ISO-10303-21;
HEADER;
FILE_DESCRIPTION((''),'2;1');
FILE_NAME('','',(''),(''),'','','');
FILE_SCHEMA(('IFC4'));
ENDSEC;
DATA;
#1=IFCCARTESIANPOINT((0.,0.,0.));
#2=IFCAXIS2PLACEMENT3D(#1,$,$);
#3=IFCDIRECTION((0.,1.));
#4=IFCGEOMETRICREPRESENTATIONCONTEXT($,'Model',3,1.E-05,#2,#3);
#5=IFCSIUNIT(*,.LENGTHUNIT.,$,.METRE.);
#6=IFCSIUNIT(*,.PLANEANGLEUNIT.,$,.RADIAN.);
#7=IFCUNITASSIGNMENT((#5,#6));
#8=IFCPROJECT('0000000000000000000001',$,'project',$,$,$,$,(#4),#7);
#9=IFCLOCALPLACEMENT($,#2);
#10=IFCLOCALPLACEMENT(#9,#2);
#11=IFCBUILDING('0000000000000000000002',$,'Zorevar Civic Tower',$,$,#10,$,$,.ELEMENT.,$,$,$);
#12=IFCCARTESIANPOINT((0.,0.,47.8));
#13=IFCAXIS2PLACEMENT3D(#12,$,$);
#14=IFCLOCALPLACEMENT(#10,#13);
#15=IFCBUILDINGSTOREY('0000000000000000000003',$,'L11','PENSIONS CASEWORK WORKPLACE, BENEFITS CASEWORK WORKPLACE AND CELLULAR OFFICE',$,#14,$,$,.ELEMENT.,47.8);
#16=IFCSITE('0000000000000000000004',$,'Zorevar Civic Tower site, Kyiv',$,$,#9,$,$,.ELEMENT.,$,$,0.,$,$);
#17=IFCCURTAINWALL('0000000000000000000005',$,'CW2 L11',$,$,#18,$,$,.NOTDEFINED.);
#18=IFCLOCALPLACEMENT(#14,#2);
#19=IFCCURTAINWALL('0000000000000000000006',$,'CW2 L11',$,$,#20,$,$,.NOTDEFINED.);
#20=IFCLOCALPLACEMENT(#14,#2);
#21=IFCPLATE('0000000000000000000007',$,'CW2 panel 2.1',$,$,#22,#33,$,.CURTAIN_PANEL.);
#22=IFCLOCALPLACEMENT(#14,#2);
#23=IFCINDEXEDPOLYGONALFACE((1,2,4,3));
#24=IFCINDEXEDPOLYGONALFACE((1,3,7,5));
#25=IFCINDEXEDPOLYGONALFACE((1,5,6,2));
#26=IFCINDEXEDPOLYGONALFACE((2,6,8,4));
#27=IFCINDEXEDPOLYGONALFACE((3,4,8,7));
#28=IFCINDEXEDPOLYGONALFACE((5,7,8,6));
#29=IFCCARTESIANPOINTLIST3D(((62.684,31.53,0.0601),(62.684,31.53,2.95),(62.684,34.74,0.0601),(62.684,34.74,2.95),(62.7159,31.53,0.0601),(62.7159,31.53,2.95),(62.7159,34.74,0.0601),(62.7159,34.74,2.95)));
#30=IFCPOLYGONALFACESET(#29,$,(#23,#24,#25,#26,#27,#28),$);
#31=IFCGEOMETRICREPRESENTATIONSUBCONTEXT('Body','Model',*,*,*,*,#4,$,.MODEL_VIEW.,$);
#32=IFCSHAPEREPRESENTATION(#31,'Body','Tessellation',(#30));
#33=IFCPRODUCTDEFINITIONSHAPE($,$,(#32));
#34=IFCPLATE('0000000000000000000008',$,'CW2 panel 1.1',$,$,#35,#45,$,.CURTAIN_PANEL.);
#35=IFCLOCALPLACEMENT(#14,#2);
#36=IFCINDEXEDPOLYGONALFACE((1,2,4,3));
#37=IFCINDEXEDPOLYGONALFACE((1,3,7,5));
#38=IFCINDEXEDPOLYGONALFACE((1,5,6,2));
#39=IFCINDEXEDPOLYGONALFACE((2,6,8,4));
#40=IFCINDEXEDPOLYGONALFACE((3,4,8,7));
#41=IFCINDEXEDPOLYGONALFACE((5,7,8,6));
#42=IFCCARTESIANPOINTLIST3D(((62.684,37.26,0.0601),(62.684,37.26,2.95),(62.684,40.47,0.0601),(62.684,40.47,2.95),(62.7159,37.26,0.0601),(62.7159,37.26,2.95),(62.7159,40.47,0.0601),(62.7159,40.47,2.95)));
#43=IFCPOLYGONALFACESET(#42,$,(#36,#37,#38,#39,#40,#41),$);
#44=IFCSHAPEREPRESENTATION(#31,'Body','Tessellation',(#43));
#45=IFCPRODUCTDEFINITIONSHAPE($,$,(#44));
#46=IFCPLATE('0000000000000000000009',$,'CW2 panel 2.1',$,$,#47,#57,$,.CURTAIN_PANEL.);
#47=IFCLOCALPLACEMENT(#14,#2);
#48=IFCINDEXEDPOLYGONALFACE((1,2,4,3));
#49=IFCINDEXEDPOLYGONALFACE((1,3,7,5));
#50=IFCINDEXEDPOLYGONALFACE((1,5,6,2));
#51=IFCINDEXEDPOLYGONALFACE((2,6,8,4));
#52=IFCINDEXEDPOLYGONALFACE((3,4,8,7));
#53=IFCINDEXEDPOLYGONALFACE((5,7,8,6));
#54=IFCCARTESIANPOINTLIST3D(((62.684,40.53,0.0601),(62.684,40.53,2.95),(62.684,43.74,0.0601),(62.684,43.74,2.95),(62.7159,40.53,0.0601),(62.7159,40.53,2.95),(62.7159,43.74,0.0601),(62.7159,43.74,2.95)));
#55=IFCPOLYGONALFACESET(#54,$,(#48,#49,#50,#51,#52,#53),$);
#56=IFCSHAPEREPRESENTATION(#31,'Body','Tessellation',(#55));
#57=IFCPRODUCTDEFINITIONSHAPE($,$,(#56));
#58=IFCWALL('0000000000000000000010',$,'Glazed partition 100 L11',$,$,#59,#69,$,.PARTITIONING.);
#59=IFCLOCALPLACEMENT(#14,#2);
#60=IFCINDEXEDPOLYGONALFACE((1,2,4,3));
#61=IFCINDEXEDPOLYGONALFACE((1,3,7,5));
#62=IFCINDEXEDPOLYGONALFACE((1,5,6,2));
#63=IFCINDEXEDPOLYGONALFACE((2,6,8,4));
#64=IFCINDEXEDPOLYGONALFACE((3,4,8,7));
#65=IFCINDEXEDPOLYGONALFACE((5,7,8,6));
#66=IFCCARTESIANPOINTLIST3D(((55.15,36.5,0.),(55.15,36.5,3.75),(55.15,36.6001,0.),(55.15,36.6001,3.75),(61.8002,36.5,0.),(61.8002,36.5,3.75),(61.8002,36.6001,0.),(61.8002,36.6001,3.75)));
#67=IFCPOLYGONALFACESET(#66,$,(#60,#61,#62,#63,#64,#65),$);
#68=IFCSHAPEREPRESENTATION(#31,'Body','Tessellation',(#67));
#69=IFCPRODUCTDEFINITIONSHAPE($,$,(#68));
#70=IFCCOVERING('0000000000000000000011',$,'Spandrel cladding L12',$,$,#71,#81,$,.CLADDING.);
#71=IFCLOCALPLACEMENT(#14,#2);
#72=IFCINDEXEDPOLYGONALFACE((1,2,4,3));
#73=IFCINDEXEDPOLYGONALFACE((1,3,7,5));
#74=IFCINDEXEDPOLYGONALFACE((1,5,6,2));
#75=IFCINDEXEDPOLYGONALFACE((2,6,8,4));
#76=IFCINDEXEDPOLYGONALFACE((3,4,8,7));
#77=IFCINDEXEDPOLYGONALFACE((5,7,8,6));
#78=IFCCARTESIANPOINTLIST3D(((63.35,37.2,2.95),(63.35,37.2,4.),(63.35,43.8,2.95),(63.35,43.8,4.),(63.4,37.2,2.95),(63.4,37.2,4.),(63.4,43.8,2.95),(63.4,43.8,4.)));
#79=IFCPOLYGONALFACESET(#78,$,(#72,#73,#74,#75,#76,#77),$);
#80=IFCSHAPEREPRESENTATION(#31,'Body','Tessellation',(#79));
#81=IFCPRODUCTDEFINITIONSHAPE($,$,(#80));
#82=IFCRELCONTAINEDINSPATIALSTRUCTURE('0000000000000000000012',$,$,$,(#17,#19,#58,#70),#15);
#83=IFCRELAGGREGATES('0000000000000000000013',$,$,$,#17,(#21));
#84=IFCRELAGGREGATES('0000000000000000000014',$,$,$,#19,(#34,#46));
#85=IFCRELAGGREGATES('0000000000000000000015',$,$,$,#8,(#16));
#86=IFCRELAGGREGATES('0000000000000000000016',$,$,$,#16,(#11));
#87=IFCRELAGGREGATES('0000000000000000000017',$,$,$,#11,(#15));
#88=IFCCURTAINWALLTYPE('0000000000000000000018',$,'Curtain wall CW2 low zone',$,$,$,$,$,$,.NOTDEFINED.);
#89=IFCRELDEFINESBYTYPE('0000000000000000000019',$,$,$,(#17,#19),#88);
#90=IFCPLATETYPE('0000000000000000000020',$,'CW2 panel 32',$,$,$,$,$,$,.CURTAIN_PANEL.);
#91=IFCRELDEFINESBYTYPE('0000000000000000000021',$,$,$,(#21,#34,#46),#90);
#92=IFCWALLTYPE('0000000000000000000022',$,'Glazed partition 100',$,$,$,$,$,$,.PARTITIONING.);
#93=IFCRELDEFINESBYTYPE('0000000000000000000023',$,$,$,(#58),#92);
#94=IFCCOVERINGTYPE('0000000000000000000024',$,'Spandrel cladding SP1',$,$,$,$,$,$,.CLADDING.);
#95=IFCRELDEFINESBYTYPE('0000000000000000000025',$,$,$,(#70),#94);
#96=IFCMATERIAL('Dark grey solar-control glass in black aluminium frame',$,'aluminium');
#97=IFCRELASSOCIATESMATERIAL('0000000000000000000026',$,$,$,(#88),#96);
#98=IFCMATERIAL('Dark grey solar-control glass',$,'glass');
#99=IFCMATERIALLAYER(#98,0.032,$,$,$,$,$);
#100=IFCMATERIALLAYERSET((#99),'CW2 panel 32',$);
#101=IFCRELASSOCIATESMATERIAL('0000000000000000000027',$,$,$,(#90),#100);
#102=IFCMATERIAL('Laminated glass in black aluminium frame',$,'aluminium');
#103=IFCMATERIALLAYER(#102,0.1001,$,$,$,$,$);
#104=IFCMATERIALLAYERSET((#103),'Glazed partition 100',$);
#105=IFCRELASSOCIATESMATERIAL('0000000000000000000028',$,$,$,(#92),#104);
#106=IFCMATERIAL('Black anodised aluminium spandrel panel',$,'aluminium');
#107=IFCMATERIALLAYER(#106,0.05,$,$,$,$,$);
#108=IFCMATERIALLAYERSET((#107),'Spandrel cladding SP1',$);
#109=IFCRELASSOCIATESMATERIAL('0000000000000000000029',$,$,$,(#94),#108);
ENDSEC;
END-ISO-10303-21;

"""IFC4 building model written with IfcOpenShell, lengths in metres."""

from ifc_helpers import new_model, si_unit, direction, frame, frame_2d, origin, origin_2d, place, context, subcontext, project, spatial, rectangle, extrude, material, layer, layer_set, type_object, element, aggregate, save


model = new_model("IFC4")

# Units and contexts
model_context = context("Model", 3, precision=1e-05, world=origin(), true_north=direction((0.0, 1.0)))
body_context = subcontext(model_context, "Body", "Model", "MODEL_VIEW")
ifc_project = project(units=[si_unit("LENGTHUNIT", "METRE"), si_unit("PLANEANGLEUNIT", "RADIAN")], contexts=[model_context])

# Site, building, storey
site_placement = place(None, origin())
site = spatial("IfcSite", under=ifc_project, at=site_placement, Name="Zorevar Civic Tower site, Kyiv", CompositionType="ELEMENT", RefElevation=0.0)
building_placement = place(site_placement, origin())
building = spatial("IfcBuilding", under=site, at=building_placement, Name="Zorevar Civic Tower", CompositionType="ELEMENT")
storey_placement = place(building_placement, frame((0.0, 0.0, 47.8)))
storey = spatial("IfcBuildingStorey", under=building, at=storey_placement, Name="L11", Description="PENSIONS CASEWORK WORKPLACE, BENEFITS CASEWORK WORKPLACE AND CELLULAR OFFICE", CompositionType="ELEMENT", Elevation=47.8)

# Curtain walls
ifc_material_1 = material(Name="Dark grey solar-control glass in black aluminium frame", Category="aluminium")
curtain_wall_type = type_object("IfcCurtainWallType", Name="Curtain wall CW2 low zone", PredefinedType="NOTDEFINED", material=ifc_material_1)
curtain_wall_1_placement = place(storey_placement, origin())
curtain_wall_1 = element("IfcCurtainWall", 1, at=curtain_wall_1_placement, inside=storey, type_object=curtain_wall_type, Name="CW2 L11", PredefinedType="NOTDEFINED")
curtain_wall_2_placement = place(storey_placement, origin())
curtain_wall_2 = element("IfcCurtainWall", 2, at=curtain_wall_2_placement, inside=storey, type_object=curtain_wall_type, Name="CW2 L11", PredefinedType="NOTDEFINED")

# Plates
ifc_material_2 = material(Name="Dark grey solar-control glass", Category="glass")
ifc_layer_1 = layer(ifc_material_2, 0.032)
ifc_layer_set_1 = layer_set([ifc_layer_1], Name="CW2 panel 32")
plate_type = type_object("IfcPlateType", Name="CW2 panel 32", PredefinedType="CURTAIN_PANEL", material=ifc_layer_set_1)
plate_1_placement = place(storey_placement, frame((62.7, 33.135, 0.0601), z_axis=(0.0, 0.0, 1.0), x_axis=(0.0, 1.0, 0.0)))
plate_1 = element("IfcPlate", 3, at=plate_1_placement, type_object=plate_type, Name="CW2 panel 2.1", PredefinedType="CURTAIN_PANEL", context=body_context, shape_type="SweptSolid", body=[
    extrude(rectangle(XDim=3.21, YDim=0.032, at=origin_2d()), origin(), (0.0, 0.0, 1.0), 2.8899),
])
aggregate(curtain_wall_1, [plate_1])
plate_2_placement = place(storey_placement, frame((62.7, 38.865, 0.0601), z_axis=(0.0, 0.0, 1.0), x_axis=(0.0, 1.0, 0.0)))
plate_2 = element("IfcPlate", 4, at=plate_2_placement, type_object=plate_type, Name="CW2 panel 1.1", PredefinedType="CURTAIN_PANEL", context=body_context, shape_type="SweptSolid", body=[
    extrude(rectangle(XDim=3.21, YDim=0.032, at=origin_2d()), origin(), (0.0, 0.0, 1.0), 2.8899),
])
plate_3_placement = place(storey_placement, frame((62.7, 42.135, 0.0601), z_axis=(0.0, 0.0, 1.0), x_axis=(0.0, 1.0, 0.0)))
plate_3 = element("IfcPlate", 5, at=plate_3_placement, type_object=plate_type, Name="CW2 panel 2.1", PredefinedType="CURTAIN_PANEL", context=body_context, shape_type="SweptSolid", body=[
    extrude(rectangle(XDim=3.21, YDim=0.032, at=origin_2d()), origin(), (0.0, 0.0, 1.0), 2.8899),
])
aggregate(curtain_wall_2, [plate_2, plate_3])

# Wall
ifc_material_3 = material(Name="Laminated glass in black aluminium frame", Category="aluminium")
ifc_layer_2 = layer(ifc_material_3, 0.1001)
ifc_layer_set_2 = layer_set([ifc_layer_2], Name="Glazed partition 100")
wall_type = type_object("IfcWallType", Name="Glazed partition 100", PredefinedType="PARTITIONING", material=ifc_layer_set_2)
wall_placement = place(storey_placement, frame((55.1499, 36.55, 0.0), z_axis=(0.0, 0.0, 1.0), x_axis=(1.0, 0.0, 0.0)))
element("IfcWall", 6, at=wall_placement, inside=storey, type_object=wall_type, Name="Glazed partition 100 L11", PredefinedType="PARTITIONING", context=body_context, shape_type="SweptSolid", body=[
    extrude(rectangle(XDim=6.6501, YDim=0.1001, at=frame_2d((3.3252, 0.0))), origin(), (0.0, 0.0, 1.0), 3.75),
])

# Covering
ifc_material_4 = material(Name="Black anodised aluminium spandrel panel", Category="aluminium")
ifc_layer_3 = layer(ifc_material_4, 0.05)
ifc_layer_set_3 = layer_set([ifc_layer_3], Name="Spandrel cladding SP1")
covering_type = type_object("IfcCoveringType", Name="Spandrel cladding SP1", PredefinedType="CLADDING", material=ifc_layer_set_3)
covering_placement = place(storey_placement, frame((63.375, 37.2, 2.95), z_axis=(0.0, 0.0, 1.0), x_axis=(0.0, 1.0, 0.0)))
element("IfcCovering", 7, at=covering_placement, inside=storey, type_object=covering_type, Name="Spandrel cladding L12", PredefinedType="CLADDING", context=body_context, shape_type="SweptSolid", body=[
    extrude(rectangle(XDim=6.6001, YDim=0.05, at=frame_2d((3.3, 0.0))), origin(), (0.0, 0.0, 1.0), 1.05),
])

save(model, "model.ifc")
